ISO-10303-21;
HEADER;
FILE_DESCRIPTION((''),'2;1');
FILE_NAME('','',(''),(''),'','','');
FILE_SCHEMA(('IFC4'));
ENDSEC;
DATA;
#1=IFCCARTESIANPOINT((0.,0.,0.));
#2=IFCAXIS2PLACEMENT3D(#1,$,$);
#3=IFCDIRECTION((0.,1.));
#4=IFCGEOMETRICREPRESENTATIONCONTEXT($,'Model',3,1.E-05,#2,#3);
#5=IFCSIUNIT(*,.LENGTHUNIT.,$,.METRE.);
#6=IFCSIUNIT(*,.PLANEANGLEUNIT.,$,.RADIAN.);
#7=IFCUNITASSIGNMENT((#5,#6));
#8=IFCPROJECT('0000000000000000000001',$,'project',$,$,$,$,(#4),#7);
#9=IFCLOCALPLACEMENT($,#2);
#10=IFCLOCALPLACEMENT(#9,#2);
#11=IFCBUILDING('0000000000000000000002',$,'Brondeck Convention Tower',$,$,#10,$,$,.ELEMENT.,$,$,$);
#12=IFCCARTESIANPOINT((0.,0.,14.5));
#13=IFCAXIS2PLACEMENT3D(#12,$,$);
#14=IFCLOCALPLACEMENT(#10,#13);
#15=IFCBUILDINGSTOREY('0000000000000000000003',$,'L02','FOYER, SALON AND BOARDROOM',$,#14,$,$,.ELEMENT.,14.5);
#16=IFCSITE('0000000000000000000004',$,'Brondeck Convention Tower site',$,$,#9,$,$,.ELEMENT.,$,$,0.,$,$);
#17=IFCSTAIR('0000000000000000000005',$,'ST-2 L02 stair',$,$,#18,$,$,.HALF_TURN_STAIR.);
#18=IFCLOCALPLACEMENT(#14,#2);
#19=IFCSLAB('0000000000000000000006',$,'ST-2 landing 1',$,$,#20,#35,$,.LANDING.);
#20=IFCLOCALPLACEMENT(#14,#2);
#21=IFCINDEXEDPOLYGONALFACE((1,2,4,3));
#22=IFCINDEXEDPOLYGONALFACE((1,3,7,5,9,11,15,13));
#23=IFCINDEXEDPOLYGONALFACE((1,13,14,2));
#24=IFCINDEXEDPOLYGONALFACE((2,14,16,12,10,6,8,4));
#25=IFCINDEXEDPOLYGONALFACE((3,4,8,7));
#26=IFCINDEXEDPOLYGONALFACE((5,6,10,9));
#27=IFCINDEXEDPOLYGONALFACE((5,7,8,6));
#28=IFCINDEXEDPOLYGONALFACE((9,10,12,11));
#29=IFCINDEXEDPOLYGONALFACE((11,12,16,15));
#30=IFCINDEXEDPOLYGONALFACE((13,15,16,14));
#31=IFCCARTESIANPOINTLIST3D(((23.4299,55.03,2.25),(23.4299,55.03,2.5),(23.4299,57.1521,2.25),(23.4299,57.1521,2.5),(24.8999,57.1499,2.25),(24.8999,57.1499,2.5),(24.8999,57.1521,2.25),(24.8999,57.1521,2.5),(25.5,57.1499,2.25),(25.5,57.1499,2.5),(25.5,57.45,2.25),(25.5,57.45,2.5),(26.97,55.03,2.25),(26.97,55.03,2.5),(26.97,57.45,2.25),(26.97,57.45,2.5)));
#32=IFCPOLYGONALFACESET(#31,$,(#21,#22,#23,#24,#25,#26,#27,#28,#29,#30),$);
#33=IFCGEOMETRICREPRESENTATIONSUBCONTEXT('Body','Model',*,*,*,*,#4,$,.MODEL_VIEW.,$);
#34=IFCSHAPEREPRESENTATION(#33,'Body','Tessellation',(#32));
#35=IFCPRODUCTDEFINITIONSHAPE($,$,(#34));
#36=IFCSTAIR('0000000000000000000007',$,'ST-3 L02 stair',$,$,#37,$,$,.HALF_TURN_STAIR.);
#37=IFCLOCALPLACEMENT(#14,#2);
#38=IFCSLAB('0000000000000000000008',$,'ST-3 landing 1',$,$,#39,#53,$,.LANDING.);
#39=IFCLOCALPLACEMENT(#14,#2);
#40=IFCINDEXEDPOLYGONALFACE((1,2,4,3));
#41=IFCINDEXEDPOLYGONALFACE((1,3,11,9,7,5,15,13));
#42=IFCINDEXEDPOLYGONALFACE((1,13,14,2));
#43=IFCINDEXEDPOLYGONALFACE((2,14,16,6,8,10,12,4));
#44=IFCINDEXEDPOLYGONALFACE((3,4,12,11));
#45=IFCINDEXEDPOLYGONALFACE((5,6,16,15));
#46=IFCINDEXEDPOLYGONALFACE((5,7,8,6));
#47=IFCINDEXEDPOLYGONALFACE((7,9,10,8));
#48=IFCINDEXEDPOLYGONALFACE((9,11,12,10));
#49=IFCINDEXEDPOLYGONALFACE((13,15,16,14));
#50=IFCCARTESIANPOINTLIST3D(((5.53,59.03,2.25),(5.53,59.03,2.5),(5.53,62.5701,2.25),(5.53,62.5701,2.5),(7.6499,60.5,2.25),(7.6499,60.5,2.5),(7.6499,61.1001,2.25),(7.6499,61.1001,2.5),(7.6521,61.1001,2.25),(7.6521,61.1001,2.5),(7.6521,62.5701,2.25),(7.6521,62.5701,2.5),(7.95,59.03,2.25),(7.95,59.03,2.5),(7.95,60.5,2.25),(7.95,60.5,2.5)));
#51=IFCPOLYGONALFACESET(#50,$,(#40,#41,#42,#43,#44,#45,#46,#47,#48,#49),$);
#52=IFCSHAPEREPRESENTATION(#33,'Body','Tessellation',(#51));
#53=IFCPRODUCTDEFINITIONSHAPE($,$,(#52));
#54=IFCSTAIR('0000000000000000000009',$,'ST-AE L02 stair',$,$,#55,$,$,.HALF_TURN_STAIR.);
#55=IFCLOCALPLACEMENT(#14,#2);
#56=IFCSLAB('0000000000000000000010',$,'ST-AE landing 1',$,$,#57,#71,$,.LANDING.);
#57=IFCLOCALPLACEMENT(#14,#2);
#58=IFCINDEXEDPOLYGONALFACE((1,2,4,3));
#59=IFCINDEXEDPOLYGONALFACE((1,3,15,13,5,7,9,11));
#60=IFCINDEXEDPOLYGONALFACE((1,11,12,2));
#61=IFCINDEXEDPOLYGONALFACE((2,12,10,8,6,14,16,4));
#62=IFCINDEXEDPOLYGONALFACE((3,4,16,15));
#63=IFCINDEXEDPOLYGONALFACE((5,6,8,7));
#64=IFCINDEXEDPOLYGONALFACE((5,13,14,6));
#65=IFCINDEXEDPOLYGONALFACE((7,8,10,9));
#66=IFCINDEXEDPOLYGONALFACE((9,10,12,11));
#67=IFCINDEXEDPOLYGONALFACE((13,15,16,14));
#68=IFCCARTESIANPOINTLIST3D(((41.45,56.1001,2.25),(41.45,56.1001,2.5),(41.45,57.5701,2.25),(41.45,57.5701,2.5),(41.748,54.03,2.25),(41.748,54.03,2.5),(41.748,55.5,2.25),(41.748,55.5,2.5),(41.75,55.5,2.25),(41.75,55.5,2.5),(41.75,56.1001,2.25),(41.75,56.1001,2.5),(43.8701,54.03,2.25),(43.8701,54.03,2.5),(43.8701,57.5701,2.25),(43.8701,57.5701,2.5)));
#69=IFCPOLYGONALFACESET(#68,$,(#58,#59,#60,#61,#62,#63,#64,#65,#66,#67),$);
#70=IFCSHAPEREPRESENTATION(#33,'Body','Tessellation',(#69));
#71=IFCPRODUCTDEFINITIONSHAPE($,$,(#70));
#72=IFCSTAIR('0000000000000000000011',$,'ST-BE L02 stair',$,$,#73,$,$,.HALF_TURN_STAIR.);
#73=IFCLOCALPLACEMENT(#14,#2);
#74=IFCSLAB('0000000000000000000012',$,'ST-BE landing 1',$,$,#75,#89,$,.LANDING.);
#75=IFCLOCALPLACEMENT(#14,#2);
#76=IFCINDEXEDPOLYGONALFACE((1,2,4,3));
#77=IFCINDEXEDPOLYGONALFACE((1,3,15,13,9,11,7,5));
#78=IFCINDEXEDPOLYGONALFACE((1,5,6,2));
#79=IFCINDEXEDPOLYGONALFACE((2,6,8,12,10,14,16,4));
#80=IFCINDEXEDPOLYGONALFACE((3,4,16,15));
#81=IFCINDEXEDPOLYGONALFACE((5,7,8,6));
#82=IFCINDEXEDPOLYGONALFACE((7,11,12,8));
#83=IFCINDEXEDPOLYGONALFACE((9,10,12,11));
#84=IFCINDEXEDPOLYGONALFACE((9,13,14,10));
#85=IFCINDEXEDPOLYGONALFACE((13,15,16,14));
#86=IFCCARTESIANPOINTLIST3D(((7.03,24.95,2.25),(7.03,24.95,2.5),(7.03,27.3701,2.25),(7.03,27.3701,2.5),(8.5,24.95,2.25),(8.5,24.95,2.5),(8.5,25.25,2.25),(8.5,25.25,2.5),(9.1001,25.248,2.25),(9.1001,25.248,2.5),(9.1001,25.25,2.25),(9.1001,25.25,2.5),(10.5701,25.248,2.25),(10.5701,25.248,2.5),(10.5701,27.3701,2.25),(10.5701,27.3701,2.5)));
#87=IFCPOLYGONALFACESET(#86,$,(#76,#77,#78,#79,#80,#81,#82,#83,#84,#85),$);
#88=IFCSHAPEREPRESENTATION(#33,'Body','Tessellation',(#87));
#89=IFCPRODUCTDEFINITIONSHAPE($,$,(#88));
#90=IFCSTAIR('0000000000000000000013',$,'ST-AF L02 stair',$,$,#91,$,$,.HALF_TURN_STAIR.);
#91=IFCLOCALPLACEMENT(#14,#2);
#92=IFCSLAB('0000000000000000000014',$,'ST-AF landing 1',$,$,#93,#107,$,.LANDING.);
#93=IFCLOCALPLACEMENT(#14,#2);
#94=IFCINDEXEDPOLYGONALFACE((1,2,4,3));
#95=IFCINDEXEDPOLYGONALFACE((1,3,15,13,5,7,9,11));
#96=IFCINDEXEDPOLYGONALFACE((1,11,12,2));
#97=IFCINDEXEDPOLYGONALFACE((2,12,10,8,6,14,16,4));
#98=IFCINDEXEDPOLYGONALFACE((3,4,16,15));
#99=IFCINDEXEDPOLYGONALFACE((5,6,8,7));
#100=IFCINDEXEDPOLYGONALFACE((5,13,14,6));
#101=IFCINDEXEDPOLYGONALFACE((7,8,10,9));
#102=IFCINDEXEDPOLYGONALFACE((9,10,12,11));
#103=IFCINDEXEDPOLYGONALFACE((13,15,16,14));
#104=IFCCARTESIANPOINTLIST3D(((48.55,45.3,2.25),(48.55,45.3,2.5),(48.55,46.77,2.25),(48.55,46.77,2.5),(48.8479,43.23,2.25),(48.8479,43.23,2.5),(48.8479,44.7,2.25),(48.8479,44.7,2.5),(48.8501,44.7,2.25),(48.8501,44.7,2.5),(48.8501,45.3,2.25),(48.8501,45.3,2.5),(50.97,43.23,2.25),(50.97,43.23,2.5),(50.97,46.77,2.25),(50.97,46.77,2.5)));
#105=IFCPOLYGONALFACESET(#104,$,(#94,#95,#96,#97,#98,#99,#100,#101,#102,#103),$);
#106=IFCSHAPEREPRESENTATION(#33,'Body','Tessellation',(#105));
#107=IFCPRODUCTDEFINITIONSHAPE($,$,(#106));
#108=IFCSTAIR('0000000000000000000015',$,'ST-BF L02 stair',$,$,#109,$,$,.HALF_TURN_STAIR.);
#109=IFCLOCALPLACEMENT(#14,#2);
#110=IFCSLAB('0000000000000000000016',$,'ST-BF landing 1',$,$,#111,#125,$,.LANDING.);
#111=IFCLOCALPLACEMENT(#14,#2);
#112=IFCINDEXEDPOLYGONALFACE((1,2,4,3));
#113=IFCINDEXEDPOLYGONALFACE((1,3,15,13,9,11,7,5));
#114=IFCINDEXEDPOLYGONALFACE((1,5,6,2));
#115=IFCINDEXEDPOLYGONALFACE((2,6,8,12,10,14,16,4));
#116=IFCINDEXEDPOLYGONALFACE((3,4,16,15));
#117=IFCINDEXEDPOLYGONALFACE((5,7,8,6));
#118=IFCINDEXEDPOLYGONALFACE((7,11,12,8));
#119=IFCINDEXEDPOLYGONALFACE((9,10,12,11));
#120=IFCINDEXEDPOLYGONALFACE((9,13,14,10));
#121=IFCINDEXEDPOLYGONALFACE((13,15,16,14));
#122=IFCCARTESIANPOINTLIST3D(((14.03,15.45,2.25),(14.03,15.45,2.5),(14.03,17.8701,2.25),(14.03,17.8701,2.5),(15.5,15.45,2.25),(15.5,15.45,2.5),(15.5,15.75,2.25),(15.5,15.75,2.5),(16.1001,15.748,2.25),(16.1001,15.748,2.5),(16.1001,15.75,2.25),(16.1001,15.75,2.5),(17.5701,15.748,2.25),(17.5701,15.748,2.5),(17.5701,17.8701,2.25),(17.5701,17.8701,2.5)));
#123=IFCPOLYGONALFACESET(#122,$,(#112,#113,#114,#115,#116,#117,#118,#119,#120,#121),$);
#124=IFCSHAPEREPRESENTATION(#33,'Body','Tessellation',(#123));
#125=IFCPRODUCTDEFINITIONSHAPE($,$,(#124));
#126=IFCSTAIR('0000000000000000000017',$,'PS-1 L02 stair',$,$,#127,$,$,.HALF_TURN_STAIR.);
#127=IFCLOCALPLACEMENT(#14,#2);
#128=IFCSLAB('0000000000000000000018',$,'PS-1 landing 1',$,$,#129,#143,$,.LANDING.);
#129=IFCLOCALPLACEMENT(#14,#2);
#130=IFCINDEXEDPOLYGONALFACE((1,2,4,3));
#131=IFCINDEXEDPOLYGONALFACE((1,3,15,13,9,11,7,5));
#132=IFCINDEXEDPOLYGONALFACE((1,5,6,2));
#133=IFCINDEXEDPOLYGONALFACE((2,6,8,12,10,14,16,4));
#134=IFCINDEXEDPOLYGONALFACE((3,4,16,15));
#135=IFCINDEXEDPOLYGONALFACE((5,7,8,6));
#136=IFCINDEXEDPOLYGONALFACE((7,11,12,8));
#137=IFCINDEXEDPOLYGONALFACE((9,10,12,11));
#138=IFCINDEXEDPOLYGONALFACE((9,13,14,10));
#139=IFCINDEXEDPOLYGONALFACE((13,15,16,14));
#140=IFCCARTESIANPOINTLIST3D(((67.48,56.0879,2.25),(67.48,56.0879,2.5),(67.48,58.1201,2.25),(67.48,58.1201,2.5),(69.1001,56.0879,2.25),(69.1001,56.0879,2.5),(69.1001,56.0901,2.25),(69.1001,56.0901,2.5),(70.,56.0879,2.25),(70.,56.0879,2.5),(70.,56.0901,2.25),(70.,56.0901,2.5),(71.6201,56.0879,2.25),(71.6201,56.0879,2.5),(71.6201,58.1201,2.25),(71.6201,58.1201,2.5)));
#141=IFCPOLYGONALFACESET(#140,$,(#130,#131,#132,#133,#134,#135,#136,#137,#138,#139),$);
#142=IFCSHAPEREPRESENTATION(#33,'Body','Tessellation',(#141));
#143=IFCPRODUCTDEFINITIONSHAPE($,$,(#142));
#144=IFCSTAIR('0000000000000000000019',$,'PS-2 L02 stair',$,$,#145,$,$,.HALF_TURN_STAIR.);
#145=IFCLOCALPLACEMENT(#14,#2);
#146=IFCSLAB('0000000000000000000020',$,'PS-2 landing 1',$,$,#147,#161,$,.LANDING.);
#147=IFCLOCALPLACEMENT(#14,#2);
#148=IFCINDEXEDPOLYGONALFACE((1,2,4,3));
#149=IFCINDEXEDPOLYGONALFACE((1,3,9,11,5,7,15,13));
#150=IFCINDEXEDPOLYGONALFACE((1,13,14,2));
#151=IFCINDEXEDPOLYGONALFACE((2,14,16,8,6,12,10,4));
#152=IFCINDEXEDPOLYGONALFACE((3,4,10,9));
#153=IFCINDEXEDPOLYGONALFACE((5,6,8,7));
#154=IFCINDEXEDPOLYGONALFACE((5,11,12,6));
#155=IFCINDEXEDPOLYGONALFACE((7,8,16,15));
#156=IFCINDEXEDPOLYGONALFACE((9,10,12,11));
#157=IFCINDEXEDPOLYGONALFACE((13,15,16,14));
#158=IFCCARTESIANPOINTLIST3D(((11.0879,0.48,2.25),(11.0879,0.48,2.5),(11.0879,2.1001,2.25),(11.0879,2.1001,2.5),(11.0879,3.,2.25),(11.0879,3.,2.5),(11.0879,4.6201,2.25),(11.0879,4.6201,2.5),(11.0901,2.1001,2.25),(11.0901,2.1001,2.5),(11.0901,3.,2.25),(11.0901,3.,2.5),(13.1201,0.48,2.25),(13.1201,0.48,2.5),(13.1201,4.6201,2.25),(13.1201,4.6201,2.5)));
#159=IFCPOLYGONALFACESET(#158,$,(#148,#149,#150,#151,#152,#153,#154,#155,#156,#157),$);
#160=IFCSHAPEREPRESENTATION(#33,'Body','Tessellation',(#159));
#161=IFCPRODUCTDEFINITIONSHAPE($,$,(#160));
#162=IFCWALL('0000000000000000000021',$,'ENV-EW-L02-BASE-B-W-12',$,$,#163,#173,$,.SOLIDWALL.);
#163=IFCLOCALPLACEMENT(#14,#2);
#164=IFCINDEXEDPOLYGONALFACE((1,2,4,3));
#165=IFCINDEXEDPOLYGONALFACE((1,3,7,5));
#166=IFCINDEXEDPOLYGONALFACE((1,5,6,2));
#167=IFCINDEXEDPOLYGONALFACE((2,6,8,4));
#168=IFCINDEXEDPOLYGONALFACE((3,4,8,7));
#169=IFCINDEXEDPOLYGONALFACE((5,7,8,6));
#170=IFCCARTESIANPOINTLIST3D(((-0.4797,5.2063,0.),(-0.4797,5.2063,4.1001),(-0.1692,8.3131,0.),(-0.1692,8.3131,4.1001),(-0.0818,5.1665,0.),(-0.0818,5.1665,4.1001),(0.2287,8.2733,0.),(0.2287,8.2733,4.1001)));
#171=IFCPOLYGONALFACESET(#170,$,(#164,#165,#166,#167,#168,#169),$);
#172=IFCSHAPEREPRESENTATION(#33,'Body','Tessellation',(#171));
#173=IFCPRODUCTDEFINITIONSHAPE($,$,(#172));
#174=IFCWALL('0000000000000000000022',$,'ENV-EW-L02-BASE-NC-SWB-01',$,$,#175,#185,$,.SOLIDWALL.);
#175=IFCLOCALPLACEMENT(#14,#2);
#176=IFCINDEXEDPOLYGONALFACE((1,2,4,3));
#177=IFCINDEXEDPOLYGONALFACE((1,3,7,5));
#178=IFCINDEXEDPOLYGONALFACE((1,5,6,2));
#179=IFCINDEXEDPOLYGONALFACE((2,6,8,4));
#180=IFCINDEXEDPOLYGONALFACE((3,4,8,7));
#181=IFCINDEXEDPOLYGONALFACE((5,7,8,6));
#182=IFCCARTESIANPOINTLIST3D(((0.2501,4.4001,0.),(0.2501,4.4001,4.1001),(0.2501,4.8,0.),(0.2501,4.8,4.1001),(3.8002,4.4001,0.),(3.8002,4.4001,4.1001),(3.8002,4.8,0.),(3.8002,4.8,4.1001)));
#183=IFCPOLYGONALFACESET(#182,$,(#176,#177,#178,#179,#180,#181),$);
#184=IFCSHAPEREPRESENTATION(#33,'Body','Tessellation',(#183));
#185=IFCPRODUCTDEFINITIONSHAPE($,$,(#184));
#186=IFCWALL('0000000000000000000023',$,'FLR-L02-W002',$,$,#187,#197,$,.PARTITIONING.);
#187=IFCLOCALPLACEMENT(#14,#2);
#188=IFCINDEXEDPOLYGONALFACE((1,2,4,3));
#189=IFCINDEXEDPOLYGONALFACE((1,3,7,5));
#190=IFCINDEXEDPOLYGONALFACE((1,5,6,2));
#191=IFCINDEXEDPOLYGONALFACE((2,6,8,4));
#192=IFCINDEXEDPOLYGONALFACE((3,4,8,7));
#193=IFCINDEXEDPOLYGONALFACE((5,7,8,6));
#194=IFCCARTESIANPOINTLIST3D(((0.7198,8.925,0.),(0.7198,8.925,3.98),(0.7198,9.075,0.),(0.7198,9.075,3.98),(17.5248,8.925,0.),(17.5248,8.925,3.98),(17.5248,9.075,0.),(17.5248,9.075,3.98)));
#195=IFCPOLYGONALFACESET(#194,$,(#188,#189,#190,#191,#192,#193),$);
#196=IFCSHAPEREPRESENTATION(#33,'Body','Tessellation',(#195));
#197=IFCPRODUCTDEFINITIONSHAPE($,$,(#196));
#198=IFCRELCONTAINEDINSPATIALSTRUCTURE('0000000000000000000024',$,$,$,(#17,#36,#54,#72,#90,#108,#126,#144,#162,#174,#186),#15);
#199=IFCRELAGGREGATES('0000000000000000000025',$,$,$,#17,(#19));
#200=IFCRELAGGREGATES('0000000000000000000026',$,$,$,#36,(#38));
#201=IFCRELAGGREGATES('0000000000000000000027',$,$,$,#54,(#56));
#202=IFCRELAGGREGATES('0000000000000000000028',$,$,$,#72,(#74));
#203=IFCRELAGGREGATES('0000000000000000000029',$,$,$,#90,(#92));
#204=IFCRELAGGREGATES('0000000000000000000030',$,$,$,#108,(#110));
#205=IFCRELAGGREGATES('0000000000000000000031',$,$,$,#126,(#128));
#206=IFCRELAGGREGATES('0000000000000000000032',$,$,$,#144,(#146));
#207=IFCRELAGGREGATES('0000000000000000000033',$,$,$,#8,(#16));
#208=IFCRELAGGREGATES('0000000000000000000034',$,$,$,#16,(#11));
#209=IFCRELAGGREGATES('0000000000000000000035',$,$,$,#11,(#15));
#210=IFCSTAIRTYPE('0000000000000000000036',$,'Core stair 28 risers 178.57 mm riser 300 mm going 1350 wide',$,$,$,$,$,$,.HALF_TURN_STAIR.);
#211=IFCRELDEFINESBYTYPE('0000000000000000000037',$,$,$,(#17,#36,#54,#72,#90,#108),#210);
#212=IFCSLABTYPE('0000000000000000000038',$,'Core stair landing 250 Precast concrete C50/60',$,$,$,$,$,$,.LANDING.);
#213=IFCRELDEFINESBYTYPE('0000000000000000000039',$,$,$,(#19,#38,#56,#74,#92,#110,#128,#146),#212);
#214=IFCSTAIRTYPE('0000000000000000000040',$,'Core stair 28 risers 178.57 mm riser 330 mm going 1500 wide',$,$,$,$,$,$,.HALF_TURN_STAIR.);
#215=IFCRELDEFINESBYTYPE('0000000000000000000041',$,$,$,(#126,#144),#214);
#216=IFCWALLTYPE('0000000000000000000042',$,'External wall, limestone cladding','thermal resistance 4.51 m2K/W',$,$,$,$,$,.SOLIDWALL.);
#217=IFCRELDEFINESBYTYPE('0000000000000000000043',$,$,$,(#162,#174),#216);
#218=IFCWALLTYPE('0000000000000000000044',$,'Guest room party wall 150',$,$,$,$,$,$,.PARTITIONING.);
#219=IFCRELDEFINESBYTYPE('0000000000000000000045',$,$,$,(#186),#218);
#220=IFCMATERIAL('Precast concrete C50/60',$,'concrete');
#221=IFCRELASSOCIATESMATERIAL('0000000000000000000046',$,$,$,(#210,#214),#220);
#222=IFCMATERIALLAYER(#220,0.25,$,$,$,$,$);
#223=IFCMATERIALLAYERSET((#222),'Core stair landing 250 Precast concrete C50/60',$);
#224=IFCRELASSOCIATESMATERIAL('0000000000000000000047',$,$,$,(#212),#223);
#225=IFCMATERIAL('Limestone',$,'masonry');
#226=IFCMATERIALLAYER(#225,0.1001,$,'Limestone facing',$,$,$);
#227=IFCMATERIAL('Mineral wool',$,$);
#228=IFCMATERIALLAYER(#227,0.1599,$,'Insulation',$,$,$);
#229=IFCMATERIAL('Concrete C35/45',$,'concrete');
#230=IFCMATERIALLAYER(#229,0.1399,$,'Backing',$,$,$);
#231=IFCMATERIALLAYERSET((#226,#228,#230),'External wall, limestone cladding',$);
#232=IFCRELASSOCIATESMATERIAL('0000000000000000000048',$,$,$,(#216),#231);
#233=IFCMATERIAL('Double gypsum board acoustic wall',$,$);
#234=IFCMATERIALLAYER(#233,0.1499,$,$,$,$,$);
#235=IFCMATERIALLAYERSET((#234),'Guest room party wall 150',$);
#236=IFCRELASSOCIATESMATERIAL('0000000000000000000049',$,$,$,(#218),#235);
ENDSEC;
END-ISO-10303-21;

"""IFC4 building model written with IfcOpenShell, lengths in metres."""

from ifc_helpers import new_model, si_unit, direction, frame, frame_2d, origin, place, context, subcontext, project, spatial, polyline, rectangle, outline, extrude, material, layer, layer_set, type_object, element, aggregate, save


model = new_model("IFC4")

# Units and contexts
model_context = context("Model", 3, precision=1e-05, world=origin(), true_north=direction((0.0, 1.0)))
body_context = subcontext(model_context, "Body", "Model", "MODEL_VIEW")
ifc_project = project(units=[si_unit("LENGTHUNIT", "METRE"), si_unit("PLANEANGLEUNIT", "RADIAN")], contexts=[model_context])

# Site, building, storey
site_placement = place(None, origin())
site = spatial("IfcSite", under=ifc_project, at=site_placement, Name="Brondeck Convention Tower site", CompositionType="ELEMENT", RefElevation=0.0)
building_placement = place(site_placement, origin())
building = spatial("IfcBuilding", under=site, at=building_placement, Name="Brondeck Convention Tower", CompositionType="ELEMENT")
storey_placement = place(building_placement, frame((0.0, 0.0, 14.5)))
storey = spatial("IfcBuildingStorey", under=building, at=storey_placement, Name="L02", Description="FOYER, SALON AND BOARDROOM", CompositionType="ELEMENT", Elevation=14.5)

# Shared definitions
ifc_material_1 = material(Name="Concrete C35/45", Category="concrete")

# Stairs, slabs
ifc_material_2 = material(Name="Precast concrete C50/60", Category="concrete")
stair_type_1 = type_object("IfcStairType", Name="Core stair 28 risers 178.57 mm riser 300 mm going 1350 wide", PredefinedType="HALF_TURN_STAIR", material=ifc_material_2)
ifc_layer_1 = layer(ifc_material_2, 0.25)
ifc_layer_set_1 = layer_set([ifc_layer_1], Name="Core stair landing 250 Precast concrete C50/60")
slab_type_1 = type_object("IfcSlabType", Name="Core stair landing 250 Precast concrete C50/60", PredefinedType="LANDING", material=ifc_layer_set_1)
stair_1_placement = place(storey_placement, origin())
stair_1 = element("IfcStair", 1, at=stair_1_placement, inside=storey, type_object=stair_type_1, Name="ST-2 L02 stair", PredefinedType="HALF_TURN_STAIR")
slab_1_placement = place(storey_placement, frame((0.0, 0.0, 2.25)))
slab_1 = element("IfcSlab", 2, at=slab_1_placement, type_object=slab_type_1, Name="ST-2 landing 1", PredefinedType="LANDING", context=body_context, shape_type="SweptSolid", body=[
    extrude(outline(polyline([(23.4299, 57.1521), (24.8999, 57.1521), (24.8999, 57.1499), (25.5, 57.1499), (25.5, 57.45), (26.97, 57.45), (26.97, 55.03), (23.4299, 55.03), (23.4299, 57.1521)])), origin(), (0.0, 0.0, 1.0), 0.25),
])
aggregate(stair_1, [slab_1])
stair_2_placement = place(storey_placement, origin())
stair_2 = element("IfcStair", 3, at=stair_2_placement, inside=storey, type_object=stair_type_1, Name="ST-3 L02 stair", PredefinedType="HALF_TURN_STAIR")
slab_2_placement = place(storey_placement, frame((0.0, 0.0, 2.25)))
slab_2 = element("IfcSlab", 4, at=slab_2_placement, type_object=slab_type_1, Name="ST-3 landing 1", PredefinedType="LANDING", context=body_context, shape_type="SweptSolid", body=[
    extrude(outline(polyline([(7.95, 60.5), (7.95, 59.03), (5.53, 59.03), (5.53, 62.5701), (7.6521, 62.5701), (7.6521, 61.1001), (7.6499, 61.1001), (7.6499, 60.5), (7.95, 60.5)])), origin(), (0.0, 0.0, 1.0), 0.25),
])
aggregate(stair_2, [slab_2])
stair_3_placement = place(storey_placement, origin())
stair_3 = element("IfcStair", 5, at=stair_3_placement, inside=storey, type_object=stair_type_1, Name="ST-AE L02 stair", PredefinedType="HALF_TURN_STAIR")
slab_3_placement = place(storey_placement, frame((0.0, 0.0, 2.25)))
slab_3 = element("IfcSlab", 6, at=slab_3_placement, type_object=slab_type_1, Name="ST-AE landing 1", PredefinedType="LANDING", context=body_context, shape_type="SweptSolid", body=[
    extrude(outline(polyline([(41.748, 55.5), (41.75, 55.5), (41.75, 56.1001), (41.45, 56.1001), (41.45, 57.5701), (43.8701, 57.5701), (43.8701, 54.03), (41.748, 54.03), (41.748, 55.5)])), origin(), (0.0, 0.0, 1.0), 0.25),
])
aggregate(stair_3, [slab_3])
stair_4_placement = place(storey_placement, origin())
stair_4 = element("IfcStair", 7, at=stair_4_placement, inside=storey, type_object=stair_type_1, Name="ST-BE L02 stair", PredefinedType="HALF_TURN_STAIR")
slab_4_placement = place(storey_placement, frame((0.0, 0.0, 2.25)))
slab_4 = element("IfcSlab", 8, at=slab_4_placement, type_object=slab_type_1, Name="ST-BE landing 1", PredefinedType="LANDING", context=body_context, shape_type="SweptSolid", body=[
    extrude(outline(polyline([(7.03, 24.95), (7.03, 27.3701), (10.5701, 27.3701), (10.5701, 25.248), (9.1001, 25.248), (9.1001, 25.25), (8.5, 25.25), (8.5, 24.95), (7.03, 24.95)])), origin(), (0.0, 0.0, 1.0), 0.25),
])
aggregate(stair_4, [slab_4])
stair_5_placement = place(storey_placement, origin())
stair_5 = element("IfcStair", 9, at=stair_5_placement, inside=storey, type_object=stair_type_1, Name="ST-AF L02 stair", PredefinedType="HALF_TURN_STAIR")
slab_5_placement = place(storey_placement, frame((0.0, 0.0, 2.25)))
slab_5 = element("IfcSlab", 10, at=slab_5_placement, type_object=slab_type_1, Name="ST-AF landing 1", PredefinedType="LANDING", context=body_context, shape_type="SweptSolid", body=[
    extrude(outline(polyline([(48.8479, 44.7), (48.8501, 44.7), (48.8501, 45.3), (48.55, 45.3), (48.55, 46.77), (50.97, 46.77), (50.97, 43.23), (48.8479, 43.23), (48.8479, 44.7)])), origin(), (0.0, 0.0, 1.0), 0.25),
])
aggregate(stair_5, [slab_5])
stair_6_placement = place(storey_placement, origin())
stair_6 = element("IfcStair", 11, at=stair_6_placement, inside=storey, type_object=stair_type_1, Name="ST-BF L02 stair", PredefinedType="HALF_TURN_STAIR")
slab_6_placement = place(storey_placement, frame((0.0, 0.0, 2.25)))
slab_6 = element("IfcSlab", 12, at=slab_6_placement, type_object=slab_type_1, Name="ST-BF landing 1", PredefinedType="LANDING", context=body_context, shape_type="SweptSolid", body=[
    extrude(outline(polyline([(14.03, 15.45), (14.03, 17.8701), (17.5701, 17.8701), (17.5701, 15.748), (16.1001, 15.748), (16.1001, 15.75), (15.5, 15.75), (15.5, 15.45), (14.03, 15.45)])), origin(), (0.0, 0.0, 1.0), 0.25),
])
aggregate(stair_6, [slab_6])
stair_type_2 = type_object("IfcStairType", Name="Core stair 28 risers 178.57 mm riser 330 mm going 1500 wide", PredefinedType="HALF_TURN_STAIR", material=ifc_material_2)
stair_7_placement = place(storey_placement, origin())
stair_7 = element("IfcStair", 13, at=stair_7_placement, inside=storey, type_object=stair_type_2, Name="PS-1 L02 stair", PredefinedType="HALF_TURN_STAIR")
slab_7_placement = place(storey_placement, frame((0.0, 0.0, 2.25)))
slab_7 = element("IfcSlab", 14, at=slab_7_placement, type_object=slab_type_1, Name="PS-1 landing 1", PredefinedType="LANDING", context=body_context, shape_type="SweptSolid", body=[
    extrude(outline(polyline([(69.1001, 56.0879), (67.48, 56.0879), (67.48, 58.1201), (71.6201, 58.1201), (71.6201, 56.0879), (70.0, 56.0879), (70.0, 56.0901), (69.1001, 56.0901), (69.1001, 56.0879)])), origin(), (0.0, 0.0, 1.0), 0.25),
])
aggregate(stair_7, [slab_7])
stair_8_placement = place(storey_placement, origin())
stair_8 = element("IfcStair", 15, at=stair_8_placement, inside=storey, type_object=stair_type_2, Name="PS-2 L02 stair", PredefinedType="HALF_TURN_STAIR")
slab_8_placement = place(storey_placement, frame((0.0, 0.0, 2.25)))
slab_8 = element("IfcSlab", 16, at=slab_8_placement, type_object=slab_type_1, Name="PS-2 landing 1", PredefinedType="LANDING", context=body_context, shape_type="SweptSolid", body=[
    extrude(outline(polyline([(11.0879, 0.48), (11.0879, 2.1001), (11.0901, 2.1001), (11.0901, 3.0), (11.0879, 3.0), (11.0879, 4.6201), (13.1201, 4.6201), (13.1201, 0.48), (11.0879, 0.48)])), origin(), (0.0, 0.0, 1.0), 0.25),
])
aggregate(stair_8, [slab_8])

# Walls
ifc_material_3 = material(Name="Limestone", Category="masonry")
ifc_layer_2 = layer(ifc_material_3, 0.1001, Name="Limestone facing")
ifc_material_4 = material(Name="Mineral wool")
ifc_layer_3 = layer(ifc_material_4, 0.1599, Name="Insulation")
ifc_layer_4 = layer(ifc_material_1, 0.1399, Name="Backing")
ifc_layer_set_2 = layer_set([ifc_layer_2, ifc_layer_3, ifc_layer_4], Name="External wall, limestone cladding")
wall_type_1 = type_object("IfcWallType", Name="External wall, limestone cladding", Description="thermal resistance 4.51 m2K/W", PredefinedType="SOLIDWALL", material=ifc_layer_set_2)
wall_1_placement = place(storey_placement, frame((-0.2808, 5.1865, 0.0), z_axis=(0.0, 0.0, 1.0), x_axis=(0.099457, 0.995042, 0.0)))
element("IfcWall", 17, at=wall_1_placement, inside=storey, type_object=wall_type_1, Name="ENV-EW-L02-BASE-B-W-12", PredefinedType="SOLIDWALL", context=body_context, shape_type="SweptSolid", body=[
    extrude(rectangle(XDim=3.1223, YDim=0.3999, at=frame_2d((1.561, 0.0))), origin(), (0.0, 0.0, 1.0), 4.1001),
])
wall_2_placement = place(storey_placement, frame((3.8, 4.6001, 0.0), z_axis=(0.0, 0.0, 1.0), x_axis=(-1.0, 0.0, 0.0)))
element("IfcWall", 18, at=wall_2_placement, inside=storey, type_object=wall_type_1, Name="ENV-EW-L02-BASE-NC-SWB-01", PredefinedType="SOLIDWALL", context=body_context, shape_type="SweptSolid", body=[
    extrude(rectangle(XDim=3.55, YDim=0.3999, at=frame_2d((1.7749, 0.0))), origin(), (0.0, 0.0, 1.0), 4.1001),
])
ifc_material_5 = material(Name="Double gypsum board acoustic wall")
ifc_layer_5 = layer(ifc_material_5, 0.1499)
ifc_layer_set_3 = layer_set([ifc_layer_5], Name="Guest room party wall 150")
wall_type_2 = type_object("IfcWallType", Name="Guest room party wall 150", PredefinedType="PARTITIONING", material=ifc_layer_set_3)
wall_3_placement = place(storey_placement, frame((0.72, 9.0, 0.0), z_axis=(0.0, 0.0, 1.0), x_axis=(1.0, 0.0, 0.0)))
element("IfcWall", 19, at=wall_3_placement, inside=storey, type_object=wall_type_2, Name="FLR-L02-W002", PredefinedType="PARTITIONING", context=body_context, shape_type="SweptSolid", body=[
    extrude(rectangle(XDim=16.8049, YDim=0.1499, at=frame_2d((8.4023, 0.0))), origin(), (0.0, 0.0, 1.0), 3.98),
])

save(model, "model.ifc")
